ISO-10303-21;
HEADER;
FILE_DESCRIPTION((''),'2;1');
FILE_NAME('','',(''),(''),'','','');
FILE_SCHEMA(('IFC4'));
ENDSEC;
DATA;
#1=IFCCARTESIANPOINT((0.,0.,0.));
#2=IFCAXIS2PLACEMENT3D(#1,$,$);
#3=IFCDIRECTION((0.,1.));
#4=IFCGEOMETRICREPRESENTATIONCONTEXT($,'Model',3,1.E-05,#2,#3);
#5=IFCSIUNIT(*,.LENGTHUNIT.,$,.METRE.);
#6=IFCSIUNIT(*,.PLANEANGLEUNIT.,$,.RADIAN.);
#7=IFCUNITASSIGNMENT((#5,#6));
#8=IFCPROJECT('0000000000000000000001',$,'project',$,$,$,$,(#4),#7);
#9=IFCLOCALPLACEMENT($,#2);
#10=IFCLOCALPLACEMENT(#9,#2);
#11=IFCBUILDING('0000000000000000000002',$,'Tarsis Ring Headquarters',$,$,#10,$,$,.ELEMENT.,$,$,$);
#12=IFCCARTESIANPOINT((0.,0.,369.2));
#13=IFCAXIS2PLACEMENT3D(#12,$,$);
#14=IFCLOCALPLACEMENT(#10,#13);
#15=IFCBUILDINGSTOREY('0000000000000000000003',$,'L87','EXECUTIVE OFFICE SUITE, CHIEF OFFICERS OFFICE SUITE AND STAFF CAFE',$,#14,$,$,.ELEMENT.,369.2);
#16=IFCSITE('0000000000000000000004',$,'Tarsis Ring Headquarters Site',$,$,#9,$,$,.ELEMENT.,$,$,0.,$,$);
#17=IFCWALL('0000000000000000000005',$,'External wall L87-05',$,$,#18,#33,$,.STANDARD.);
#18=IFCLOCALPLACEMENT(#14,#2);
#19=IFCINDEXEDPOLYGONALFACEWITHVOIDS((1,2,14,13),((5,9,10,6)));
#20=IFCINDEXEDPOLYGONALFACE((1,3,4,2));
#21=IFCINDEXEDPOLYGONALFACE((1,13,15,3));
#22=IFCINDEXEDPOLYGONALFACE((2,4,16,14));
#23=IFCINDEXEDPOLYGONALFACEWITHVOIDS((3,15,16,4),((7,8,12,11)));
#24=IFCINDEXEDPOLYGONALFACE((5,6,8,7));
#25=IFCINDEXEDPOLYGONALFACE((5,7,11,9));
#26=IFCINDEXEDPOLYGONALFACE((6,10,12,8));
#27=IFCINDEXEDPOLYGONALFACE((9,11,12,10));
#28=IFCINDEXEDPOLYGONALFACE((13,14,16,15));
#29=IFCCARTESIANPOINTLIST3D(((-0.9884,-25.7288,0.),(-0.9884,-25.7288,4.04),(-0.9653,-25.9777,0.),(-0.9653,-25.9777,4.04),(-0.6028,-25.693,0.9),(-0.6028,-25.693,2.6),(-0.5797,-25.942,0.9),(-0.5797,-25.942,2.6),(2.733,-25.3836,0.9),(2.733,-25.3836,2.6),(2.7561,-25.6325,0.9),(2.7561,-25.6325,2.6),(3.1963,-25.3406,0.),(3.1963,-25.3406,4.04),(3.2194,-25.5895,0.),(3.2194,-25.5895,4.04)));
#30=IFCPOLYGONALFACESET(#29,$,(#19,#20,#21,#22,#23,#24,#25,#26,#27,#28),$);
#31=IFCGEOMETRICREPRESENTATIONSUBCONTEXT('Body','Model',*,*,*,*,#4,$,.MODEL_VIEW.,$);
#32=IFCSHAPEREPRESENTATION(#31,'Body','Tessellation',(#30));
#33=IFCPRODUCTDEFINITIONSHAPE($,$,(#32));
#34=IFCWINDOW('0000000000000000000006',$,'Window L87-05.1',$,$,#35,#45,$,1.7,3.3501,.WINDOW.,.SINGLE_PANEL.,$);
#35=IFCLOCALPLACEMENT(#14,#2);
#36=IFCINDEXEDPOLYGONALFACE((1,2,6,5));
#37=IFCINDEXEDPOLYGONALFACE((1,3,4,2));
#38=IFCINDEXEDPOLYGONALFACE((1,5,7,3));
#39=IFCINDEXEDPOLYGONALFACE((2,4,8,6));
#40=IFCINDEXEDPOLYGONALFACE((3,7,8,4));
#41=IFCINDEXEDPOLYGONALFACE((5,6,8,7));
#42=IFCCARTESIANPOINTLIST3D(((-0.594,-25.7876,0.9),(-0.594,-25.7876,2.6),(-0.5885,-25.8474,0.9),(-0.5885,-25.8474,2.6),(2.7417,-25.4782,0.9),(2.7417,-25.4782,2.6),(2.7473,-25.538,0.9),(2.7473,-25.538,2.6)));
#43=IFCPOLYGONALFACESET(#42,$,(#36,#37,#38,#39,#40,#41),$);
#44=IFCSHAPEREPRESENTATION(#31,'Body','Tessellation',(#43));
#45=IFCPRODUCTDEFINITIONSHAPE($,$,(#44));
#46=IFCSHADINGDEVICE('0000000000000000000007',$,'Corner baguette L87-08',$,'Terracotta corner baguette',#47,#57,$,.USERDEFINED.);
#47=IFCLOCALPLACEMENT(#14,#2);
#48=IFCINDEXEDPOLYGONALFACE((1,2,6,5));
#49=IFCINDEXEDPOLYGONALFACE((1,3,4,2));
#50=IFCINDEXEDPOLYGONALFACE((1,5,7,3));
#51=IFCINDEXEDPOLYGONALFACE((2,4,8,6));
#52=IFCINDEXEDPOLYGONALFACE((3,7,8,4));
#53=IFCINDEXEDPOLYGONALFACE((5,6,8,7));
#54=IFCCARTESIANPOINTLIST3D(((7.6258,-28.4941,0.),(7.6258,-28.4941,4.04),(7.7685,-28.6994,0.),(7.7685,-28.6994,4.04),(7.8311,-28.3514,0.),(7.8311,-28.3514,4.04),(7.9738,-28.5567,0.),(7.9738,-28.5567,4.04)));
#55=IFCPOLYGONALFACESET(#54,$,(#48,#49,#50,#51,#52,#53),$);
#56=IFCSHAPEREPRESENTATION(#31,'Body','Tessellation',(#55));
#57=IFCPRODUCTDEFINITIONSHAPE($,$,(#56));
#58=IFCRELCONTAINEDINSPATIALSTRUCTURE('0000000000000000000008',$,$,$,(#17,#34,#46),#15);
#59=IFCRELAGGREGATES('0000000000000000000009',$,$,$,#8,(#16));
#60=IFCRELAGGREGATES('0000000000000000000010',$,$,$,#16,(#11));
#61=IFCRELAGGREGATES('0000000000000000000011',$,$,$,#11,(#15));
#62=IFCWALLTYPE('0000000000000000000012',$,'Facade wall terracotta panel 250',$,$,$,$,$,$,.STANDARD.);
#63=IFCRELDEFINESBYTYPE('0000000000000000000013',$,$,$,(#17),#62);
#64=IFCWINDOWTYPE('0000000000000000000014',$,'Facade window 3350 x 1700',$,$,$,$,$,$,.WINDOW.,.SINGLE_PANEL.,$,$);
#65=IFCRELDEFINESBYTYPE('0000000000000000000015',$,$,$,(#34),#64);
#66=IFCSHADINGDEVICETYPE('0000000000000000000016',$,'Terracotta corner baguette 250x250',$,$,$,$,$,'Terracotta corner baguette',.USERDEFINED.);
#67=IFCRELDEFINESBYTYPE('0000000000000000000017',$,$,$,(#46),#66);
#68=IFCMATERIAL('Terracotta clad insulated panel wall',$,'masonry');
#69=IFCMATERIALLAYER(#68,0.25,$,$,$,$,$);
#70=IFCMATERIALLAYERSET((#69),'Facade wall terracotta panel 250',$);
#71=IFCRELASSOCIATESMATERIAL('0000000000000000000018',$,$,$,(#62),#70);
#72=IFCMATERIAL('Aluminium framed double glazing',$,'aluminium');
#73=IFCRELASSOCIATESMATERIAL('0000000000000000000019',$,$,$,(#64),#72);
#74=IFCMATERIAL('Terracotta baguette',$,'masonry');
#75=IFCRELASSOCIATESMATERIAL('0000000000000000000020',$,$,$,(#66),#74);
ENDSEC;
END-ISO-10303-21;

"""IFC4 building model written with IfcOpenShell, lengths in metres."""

from ifc_helpers import new_model, si_unit, direction, frame, frame_2d, origin, origin_2d, place, context, subcontext, project, spatial, rectangle, extrude, material, layer, layer_set, type_object, element, fill, save


model = new_model("IFC4")

# Units and contexts
model_context = context("Model", 3, precision=1e-05, world=origin(), true_north=direction((0.0, 1.0)))
body_context = subcontext(model_context, "Body", "Model", "MODEL_VIEW")
ifc_project = project(units=[si_unit("LENGTHUNIT", "METRE"), si_unit("PLANEANGLEUNIT", "RADIAN")], contexts=[model_context])

# Site, building, storey
site_placement = place(None, origin())
site = spatial("IfcSite", under=ifc_project, at=site_placement, Name="Tarsis Ring Headquarters Site", CompositionType="ELEMENT", RefElevation=0.0)
building_placement = place(site_placement, origin())
building = spatial("IfcBuilding", under=site, at=building_placement, Name="Tarsis Ring Headquarters", CompositionType="ELEMENT")
storey_placement = place(building_placement, frame((0.0, 0.0, 369.2)))
storey = spatial("IfcBuildingStorey", under=building, at=storey_placement, Name="L87", Description="EXECUTIVE OFFICE SUITE, CHIEF OFFICERS OFFICE SUITE AND STAFF CAFE", CompositionType="ELEMENT", Elevation=369.2)

# Wall, opening, window
ifc_material_1 = material(Name="Terracotta clad insulated panel wall", Category="masonry")
ifc_layer_1 = layer(ifc_material_1, 0.25)
ifc_layer_set_1 = layer_set([ifc_layer_1], Name="Facade wall terracotta panel 250")
wall_type_1 = type_object("IfcWallType", Name="Facade wall terracotta panel 250", PredefinedType="STANDARD", material=ifc_layer_set_1)
wall_1_placement = place(storey_placement, frame((-0.9768, -25.8533, 0.0), z_axis=(0.0, 0.0, 1.0), x_axis=(0.995725, 0.092369, 0.0)))
wall_1 = element("IfcWall", 1, at=wall_1_placement, inside=storey, type_object=wall_type_1, Name="External wall L87-05", PredefinedType="STANDARD", context=body_context, shape_type="SweptSolid", body=[
    extrude(rectangle(XDim=4.2026, YDim=0.25, at=frame_2d((2.1013, 0.0))), origin(), (0.0, 0.0, 1.0), 4.04),
])
opening_placement = place(wall_1_placement, frame((0.3872, 0.0, 0.8999)))
opening = element("IfcOpeningElement", 2, at=opening_placement, cuts=wall_1, PredefinedType="OPENING", context=body_context, shape_type="SweptSolid", body=[
    extrude(rectangle(XDim=3.3501, YDim=1.7, at=frame_2d((1.675, 0.8501))), frame((0.0, 0.135, 0.0), z_axis=(0.0, -1.0, 0.0), x_axis=(1.0, 0.0, 0.0)), (0.0, 0.0, 1.0), 0.27),
])
ifc_material_2 = material(Name="Aluminium framed double glazing", Category="aluminium")
window_type = type_object("IfcWindowType", Name="Facade window 3350 x 1700", PartitioningType="SINGLE_PANEL", PredefinedType="WINDOW", material=ifc_material_2)
window_placement = place(opening_placement, origin())
window = element("IfcWindow", 3, at=window_placement, inside=storey, type_object=window_type, Name="Window L87-05.1", OverallHeight=1.7, OverallWidth=3.3501, PartitioningType="SINGLE_PANEL", PredefinedType="WINDOW", context=body_context, shape_type="SweptSolid", body=[
    extrude(rectangle(XDim=3.3501, YDim=1.7, at=frame_2d((1.675, 0.8501))), frame((0.0, 0.03, 0.0), z_axis=(0.0, -1.0, 0.0), x_axis=(1.0, 0.0, 0.0)), (0.0, 0.0, 1.0), 0.0601),
])
fill(opening, window)

# Shading device
ifc_material_3 = material(Name="Terracotta baguette", Category="masonry")
shading_device_type = type_object("IfcShadingDeviceType", Name="Terracotta corner baguette 250x250", ElementType="Terracotta corner baguette", PredefinedType="USERDEFINED", material=ifc_material_3)
shading_device_placement = place(storey_placement, frame((7.7998, -28.5254, 0.0), z_axis=(0.0, 0.0, 1.0), x_axis=(0.821149, 0.570713, 0.0)))
element("IfcShadingDevice", 4, at=shading_device_placement, inside=storey, type_object=shading_device_type, Name="Corner baguette L87-08", ObjectType="Terracotta corner baguette", PredefinedType="USERDEFINED", context=body_context, shape_type="SweptSolid", body=[
    extrude(rectangle(XDim=0.25, YDim=0.25, at=origin_2d()), origin(), (0.0, 0.0, 1.0), 4.04),
])

save(model, "model.ifc")
